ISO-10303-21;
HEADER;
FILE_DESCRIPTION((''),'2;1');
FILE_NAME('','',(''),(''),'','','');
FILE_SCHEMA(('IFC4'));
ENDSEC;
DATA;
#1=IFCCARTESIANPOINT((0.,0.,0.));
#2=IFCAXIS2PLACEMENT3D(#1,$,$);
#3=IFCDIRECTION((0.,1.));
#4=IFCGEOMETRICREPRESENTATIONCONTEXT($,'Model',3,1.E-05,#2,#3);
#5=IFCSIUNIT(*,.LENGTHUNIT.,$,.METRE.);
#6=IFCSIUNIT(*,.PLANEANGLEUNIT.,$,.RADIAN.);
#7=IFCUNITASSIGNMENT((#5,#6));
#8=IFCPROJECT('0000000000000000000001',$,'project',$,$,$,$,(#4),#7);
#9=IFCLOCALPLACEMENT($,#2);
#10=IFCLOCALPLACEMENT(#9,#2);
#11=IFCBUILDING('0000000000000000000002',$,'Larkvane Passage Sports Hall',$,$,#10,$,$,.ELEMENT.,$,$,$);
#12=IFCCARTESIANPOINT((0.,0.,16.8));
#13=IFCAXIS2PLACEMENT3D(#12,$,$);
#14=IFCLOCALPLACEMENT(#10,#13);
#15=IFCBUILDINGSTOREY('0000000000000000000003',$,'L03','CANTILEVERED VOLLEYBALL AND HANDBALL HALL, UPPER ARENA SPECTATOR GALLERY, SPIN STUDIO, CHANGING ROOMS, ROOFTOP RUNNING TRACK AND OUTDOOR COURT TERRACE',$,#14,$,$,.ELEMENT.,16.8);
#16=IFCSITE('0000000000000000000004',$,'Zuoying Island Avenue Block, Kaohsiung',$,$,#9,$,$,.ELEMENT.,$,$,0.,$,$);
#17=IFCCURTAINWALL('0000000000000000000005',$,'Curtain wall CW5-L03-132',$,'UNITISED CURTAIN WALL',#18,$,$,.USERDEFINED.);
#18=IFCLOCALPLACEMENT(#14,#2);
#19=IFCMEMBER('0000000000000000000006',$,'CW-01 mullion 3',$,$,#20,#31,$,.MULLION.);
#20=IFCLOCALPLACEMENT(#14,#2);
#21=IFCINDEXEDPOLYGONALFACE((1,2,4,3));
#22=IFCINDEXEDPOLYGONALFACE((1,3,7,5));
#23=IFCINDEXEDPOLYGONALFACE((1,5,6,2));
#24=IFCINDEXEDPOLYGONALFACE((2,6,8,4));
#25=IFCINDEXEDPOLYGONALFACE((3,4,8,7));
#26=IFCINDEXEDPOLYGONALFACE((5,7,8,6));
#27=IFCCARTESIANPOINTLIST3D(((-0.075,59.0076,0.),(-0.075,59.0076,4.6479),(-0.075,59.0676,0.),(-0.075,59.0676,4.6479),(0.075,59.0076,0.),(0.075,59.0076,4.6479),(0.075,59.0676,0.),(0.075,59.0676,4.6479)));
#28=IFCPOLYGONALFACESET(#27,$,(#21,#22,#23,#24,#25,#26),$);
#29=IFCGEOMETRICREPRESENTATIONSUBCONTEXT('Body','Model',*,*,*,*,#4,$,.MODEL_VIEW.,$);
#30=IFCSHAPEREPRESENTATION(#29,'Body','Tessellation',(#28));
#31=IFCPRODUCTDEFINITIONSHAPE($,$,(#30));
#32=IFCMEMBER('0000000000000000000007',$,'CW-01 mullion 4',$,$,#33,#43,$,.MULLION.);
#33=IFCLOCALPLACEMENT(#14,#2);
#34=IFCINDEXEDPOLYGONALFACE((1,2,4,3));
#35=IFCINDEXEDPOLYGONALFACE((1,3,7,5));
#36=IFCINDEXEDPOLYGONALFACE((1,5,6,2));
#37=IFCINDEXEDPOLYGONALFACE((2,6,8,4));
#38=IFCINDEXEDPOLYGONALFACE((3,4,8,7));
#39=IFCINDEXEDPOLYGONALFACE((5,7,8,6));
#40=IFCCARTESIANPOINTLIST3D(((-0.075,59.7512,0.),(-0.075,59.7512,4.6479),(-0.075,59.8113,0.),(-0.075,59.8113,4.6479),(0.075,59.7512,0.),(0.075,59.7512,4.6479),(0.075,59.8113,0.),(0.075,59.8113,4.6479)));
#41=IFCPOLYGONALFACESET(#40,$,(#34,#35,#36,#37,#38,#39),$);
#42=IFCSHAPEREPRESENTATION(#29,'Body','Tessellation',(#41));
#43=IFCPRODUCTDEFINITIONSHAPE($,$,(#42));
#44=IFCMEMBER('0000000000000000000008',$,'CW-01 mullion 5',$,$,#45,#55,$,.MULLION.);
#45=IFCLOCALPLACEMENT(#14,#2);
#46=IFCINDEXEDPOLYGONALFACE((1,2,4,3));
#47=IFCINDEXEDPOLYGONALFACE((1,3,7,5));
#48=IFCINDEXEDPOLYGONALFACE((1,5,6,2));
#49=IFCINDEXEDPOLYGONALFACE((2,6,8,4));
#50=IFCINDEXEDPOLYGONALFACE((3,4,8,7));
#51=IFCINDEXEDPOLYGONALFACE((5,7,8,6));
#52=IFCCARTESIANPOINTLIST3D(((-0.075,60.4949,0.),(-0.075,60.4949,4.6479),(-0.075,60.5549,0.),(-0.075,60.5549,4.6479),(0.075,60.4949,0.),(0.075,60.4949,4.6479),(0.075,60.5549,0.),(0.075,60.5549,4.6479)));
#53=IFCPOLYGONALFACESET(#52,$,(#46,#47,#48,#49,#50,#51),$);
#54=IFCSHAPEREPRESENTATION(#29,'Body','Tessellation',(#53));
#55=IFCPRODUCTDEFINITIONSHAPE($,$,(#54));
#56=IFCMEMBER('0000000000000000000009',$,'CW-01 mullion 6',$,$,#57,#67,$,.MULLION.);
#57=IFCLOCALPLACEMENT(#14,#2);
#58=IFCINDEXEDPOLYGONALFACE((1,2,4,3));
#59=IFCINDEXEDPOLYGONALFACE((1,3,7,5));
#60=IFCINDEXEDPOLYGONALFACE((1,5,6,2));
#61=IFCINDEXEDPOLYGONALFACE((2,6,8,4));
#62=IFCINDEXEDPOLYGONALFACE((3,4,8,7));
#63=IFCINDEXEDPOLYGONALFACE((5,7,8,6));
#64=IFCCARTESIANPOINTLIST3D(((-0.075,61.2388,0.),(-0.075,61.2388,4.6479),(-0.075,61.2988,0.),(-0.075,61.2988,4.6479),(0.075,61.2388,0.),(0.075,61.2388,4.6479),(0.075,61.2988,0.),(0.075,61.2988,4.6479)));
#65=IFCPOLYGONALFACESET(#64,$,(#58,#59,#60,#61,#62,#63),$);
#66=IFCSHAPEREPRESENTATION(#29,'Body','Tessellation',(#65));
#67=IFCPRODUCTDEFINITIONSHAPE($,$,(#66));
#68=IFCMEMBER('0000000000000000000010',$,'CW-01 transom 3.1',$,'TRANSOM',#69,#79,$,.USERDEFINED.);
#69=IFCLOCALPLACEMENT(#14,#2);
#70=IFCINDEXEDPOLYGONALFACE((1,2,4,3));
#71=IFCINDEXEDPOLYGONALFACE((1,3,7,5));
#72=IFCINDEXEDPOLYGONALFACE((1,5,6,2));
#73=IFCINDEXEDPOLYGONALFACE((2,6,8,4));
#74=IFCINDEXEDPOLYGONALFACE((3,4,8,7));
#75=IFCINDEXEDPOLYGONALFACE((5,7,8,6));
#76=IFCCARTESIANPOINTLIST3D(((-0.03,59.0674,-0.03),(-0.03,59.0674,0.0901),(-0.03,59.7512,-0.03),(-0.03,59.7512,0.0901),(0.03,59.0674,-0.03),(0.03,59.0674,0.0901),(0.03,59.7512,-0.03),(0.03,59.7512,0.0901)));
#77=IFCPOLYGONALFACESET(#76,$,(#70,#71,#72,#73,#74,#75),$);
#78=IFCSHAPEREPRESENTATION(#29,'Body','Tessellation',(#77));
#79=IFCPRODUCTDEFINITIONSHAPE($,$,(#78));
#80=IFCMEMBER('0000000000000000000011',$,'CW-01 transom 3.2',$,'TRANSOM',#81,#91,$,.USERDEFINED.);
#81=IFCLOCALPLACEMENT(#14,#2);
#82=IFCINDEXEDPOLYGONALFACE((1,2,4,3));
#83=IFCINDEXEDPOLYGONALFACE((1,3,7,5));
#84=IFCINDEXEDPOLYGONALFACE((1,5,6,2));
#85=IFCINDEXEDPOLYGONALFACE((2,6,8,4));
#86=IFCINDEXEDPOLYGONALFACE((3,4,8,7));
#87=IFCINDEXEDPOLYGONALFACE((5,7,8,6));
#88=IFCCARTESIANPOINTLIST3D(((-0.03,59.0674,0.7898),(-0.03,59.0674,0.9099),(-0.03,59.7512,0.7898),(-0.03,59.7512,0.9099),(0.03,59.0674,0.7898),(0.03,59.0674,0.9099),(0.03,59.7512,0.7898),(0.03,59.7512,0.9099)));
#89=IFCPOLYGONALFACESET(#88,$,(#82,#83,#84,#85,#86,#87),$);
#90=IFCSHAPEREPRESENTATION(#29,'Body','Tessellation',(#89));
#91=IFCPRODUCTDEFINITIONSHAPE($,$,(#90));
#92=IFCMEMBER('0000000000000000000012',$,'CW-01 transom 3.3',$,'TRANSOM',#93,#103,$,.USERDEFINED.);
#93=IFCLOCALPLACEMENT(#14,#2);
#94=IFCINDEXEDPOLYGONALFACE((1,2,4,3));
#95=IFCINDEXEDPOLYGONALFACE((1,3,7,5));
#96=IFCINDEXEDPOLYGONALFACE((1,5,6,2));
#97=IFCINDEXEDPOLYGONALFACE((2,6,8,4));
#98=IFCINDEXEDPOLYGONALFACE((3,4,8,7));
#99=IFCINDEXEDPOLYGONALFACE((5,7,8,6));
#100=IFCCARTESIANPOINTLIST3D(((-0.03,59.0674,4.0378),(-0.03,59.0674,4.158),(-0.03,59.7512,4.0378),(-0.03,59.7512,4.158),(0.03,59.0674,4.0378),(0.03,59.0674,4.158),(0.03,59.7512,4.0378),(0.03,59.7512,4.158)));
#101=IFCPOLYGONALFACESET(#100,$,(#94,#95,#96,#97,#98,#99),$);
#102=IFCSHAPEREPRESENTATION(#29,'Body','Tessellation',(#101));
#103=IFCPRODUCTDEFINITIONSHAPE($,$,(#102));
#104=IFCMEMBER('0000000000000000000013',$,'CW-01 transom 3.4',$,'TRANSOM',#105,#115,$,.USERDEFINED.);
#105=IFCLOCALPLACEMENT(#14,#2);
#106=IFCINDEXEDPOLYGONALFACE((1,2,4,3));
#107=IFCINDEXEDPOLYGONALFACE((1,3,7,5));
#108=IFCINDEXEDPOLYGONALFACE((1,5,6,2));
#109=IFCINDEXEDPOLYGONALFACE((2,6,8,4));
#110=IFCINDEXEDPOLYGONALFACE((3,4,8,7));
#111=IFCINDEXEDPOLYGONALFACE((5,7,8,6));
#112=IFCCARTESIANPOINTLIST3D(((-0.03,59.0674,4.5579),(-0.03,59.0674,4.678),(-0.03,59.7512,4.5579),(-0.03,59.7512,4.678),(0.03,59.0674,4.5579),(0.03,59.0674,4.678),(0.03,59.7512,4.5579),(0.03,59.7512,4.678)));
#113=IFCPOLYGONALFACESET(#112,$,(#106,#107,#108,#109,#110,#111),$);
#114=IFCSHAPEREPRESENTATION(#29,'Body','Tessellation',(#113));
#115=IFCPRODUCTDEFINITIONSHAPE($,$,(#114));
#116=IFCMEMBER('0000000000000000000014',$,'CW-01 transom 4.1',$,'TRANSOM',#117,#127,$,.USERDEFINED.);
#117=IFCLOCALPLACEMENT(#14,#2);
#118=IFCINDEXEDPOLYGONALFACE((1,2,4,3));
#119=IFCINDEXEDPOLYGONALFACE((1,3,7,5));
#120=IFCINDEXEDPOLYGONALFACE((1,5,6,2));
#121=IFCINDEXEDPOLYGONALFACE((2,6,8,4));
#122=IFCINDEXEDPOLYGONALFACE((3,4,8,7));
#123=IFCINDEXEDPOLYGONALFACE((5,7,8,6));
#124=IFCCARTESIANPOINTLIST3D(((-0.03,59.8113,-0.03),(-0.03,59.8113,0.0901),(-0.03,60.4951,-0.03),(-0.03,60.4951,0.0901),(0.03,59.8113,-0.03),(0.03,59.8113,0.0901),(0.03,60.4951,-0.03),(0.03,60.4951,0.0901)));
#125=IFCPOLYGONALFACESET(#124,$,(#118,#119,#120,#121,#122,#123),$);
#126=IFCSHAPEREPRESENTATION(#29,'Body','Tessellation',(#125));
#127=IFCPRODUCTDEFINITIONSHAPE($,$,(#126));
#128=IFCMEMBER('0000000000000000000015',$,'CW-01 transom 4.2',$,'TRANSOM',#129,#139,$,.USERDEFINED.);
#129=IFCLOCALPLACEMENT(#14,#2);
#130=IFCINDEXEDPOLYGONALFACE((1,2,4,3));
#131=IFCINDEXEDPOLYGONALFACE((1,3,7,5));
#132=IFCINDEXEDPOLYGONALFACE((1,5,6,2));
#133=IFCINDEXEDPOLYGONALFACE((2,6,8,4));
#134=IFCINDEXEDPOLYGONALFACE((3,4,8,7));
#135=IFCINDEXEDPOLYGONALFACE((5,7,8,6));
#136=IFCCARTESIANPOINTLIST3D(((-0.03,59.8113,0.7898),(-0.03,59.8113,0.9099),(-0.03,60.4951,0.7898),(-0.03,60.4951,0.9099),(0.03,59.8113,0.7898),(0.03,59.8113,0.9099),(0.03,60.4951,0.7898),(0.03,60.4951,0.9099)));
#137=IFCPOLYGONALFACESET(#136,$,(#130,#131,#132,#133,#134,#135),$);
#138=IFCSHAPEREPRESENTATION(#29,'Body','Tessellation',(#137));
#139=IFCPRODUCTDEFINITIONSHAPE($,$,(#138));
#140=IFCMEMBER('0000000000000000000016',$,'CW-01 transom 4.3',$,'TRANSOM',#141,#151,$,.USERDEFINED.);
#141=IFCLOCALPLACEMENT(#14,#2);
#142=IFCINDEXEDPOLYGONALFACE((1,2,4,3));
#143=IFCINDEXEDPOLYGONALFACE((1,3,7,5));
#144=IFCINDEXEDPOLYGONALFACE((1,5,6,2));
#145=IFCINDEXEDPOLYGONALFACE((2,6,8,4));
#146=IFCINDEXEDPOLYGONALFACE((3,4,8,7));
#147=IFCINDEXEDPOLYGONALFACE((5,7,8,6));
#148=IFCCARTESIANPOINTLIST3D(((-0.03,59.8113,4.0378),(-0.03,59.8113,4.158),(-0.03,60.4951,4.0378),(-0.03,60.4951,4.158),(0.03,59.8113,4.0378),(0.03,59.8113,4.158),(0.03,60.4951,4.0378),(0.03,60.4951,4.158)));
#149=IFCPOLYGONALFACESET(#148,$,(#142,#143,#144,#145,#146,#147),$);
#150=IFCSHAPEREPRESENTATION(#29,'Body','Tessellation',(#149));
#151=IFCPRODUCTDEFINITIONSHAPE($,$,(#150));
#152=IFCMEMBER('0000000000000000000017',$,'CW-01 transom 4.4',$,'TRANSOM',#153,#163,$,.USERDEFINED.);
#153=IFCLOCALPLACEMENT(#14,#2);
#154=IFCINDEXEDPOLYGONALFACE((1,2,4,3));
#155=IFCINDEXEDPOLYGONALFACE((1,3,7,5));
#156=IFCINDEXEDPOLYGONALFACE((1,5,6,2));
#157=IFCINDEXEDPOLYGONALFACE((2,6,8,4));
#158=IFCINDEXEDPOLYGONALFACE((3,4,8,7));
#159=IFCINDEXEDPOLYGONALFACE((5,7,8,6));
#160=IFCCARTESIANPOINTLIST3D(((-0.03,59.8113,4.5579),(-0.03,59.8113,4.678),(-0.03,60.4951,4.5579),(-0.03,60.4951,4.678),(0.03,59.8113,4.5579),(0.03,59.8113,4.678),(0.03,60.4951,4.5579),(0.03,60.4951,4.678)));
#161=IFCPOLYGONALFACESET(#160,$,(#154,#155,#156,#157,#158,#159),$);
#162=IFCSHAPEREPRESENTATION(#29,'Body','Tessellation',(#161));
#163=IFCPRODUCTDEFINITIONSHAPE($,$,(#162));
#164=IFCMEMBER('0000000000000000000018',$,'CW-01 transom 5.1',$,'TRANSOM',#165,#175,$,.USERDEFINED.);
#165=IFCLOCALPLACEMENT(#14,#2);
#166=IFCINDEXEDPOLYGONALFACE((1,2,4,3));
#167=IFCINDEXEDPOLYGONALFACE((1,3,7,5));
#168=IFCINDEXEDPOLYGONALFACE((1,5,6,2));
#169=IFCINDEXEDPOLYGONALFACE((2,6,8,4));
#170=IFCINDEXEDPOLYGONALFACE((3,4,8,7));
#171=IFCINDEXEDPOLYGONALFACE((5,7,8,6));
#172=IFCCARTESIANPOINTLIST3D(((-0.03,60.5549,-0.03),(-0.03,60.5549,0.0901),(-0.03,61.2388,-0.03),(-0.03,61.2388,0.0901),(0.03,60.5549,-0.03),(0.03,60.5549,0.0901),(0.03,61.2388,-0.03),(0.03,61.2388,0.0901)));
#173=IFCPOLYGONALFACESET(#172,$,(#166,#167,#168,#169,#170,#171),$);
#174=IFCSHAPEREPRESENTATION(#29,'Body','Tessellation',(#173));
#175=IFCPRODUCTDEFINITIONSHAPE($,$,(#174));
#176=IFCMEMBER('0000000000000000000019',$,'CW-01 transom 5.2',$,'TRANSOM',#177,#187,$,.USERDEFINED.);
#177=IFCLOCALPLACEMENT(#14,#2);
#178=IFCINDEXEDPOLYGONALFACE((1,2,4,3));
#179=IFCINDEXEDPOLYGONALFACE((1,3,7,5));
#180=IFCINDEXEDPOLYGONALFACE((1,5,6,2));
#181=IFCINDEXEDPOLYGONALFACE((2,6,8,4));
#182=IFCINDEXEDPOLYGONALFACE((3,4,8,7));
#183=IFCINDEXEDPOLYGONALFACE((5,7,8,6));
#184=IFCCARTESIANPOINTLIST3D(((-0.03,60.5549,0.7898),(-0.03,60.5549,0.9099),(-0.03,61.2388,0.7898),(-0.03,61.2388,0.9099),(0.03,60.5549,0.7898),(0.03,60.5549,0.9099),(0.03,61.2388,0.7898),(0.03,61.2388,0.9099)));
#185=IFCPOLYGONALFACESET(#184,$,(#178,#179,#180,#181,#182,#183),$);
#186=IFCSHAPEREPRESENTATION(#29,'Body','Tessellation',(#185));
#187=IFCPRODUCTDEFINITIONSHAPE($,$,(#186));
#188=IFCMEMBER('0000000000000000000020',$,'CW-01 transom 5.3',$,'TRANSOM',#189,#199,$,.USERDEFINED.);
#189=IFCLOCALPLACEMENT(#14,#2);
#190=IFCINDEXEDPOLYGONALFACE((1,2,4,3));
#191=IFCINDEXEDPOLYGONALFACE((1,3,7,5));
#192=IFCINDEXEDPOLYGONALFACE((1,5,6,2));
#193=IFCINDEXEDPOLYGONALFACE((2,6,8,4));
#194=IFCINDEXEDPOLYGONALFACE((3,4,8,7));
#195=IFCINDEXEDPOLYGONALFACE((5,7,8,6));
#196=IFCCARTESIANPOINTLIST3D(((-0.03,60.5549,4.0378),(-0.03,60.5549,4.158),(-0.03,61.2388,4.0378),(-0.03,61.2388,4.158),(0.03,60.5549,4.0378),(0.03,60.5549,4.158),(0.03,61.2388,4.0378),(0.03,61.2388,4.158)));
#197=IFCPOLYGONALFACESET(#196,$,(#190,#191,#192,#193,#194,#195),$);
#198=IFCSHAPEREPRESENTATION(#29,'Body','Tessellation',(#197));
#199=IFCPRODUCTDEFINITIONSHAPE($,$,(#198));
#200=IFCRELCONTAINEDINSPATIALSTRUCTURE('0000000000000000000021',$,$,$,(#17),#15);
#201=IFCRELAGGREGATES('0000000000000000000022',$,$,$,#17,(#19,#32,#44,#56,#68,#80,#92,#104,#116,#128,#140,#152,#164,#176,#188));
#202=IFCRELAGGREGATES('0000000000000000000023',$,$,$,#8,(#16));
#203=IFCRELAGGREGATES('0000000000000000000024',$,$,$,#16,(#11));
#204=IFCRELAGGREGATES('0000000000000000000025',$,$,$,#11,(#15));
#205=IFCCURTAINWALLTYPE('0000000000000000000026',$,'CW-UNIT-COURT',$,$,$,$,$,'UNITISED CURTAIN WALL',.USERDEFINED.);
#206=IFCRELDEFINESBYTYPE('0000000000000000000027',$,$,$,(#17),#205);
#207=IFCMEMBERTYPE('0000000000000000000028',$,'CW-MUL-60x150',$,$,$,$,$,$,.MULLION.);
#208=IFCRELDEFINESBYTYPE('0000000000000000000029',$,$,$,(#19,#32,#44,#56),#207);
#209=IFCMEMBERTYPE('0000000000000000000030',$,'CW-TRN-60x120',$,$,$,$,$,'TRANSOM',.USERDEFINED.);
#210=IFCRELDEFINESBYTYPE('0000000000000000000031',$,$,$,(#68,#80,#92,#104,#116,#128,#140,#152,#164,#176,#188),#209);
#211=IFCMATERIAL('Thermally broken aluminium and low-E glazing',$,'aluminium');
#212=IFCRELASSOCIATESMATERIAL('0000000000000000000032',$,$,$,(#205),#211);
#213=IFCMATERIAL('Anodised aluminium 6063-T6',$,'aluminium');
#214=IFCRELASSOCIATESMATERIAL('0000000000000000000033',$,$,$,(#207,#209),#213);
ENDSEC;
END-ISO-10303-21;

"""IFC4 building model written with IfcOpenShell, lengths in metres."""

from ifc_helpers import new_model, si_unit, direction, frame, origin, origin_2d, place, context, subcontext, project, spatial, rectangle, extrude, material, material_profile, profile_set, type_object, element, aggregate, save


model = new_model("IFC4")

# Units and contexts
model_context = context("Model", 3, precision=1e-05, world=origin(), true_north=direction((0.0, 1.0)))
body_context = subcontext(model_context, "Body", "Model", "MODEL_VIEW")
ifc_project = project(units=[si_unit("LENGTHUNIT", "METRE"), si_unit("PLANEANGLEUNIT", "RADIAN")], contexts=[model_context])

# Site, building, storey
site_placement = place(None, origin())
site = spatial("IfcSite", under=ifc_project, at=site_placement, Name="Zuoying Island Avenue Block, Kaohsiung", CompositionType="ELEMENT", RefElevation=0.0)
building_placement = place(site_placement, origin())
building = spatial("IfcBuilding", under=site, at=building_placement, Name="Larkvane Passage Sports Hall", CompositionType="ELEMENT")
storey_placement = place(building_placement, frame((0.0, 0.0, 16.8)))
storey = spatial("IfcBuildingStorey", under=building, at=storey_placement, Name="L03", Description="CANTILEVERED VOLLEYBALL AND HANDBALL HALL, UPPER ARENA SPECTATOR GALLERY, SPIN STUDIO, CHANGING ROOMS, ROOFTOP RUNNING TRACK AND OUTDOOR COURT TERRACE", CompositionType="ELEMENT", Elevation=16.8)

# Curtain wall, members
ifc_material_1 = material(Name="Thermally broken aluminium and low-E glazing", Category="aluminium")
curtain_wall_type = type_object("IfcCurtainWallType", Name="CW-UNIT-COURT", ElementType="UNITISED CURTAIN WALL", PredefinedType="USERDEFINED", material=ifc_material_1)
curtain_wall_placement = place(storey_placement, origin())
curtain_wall = element("IfcCurtainWall", 1, at=curtain_wall_placement, inside=storey, type_object=curtain_wall_type, Name="Curtain wall CW5-L03-132", ObjectType="UNITISED CURTAIN WALL", PredefinedType="USERDEFINED")
ifc_material_2 = material(Name="Anodised aluminium 6063-T6", Category="aluminium")
ifc_material_profile_1 = material_profile(ifc_material_2, rectangle(XDim=0.0601, YDim=0.1499, at=origin_2d()), Name="ALU-MUL-60x150")
ifc_profile_set_1 = profile_set([ifc_material_profile_1], Name="Anodised aluminium 6063-T6")
member_type_1 = type_object("IfcMemberType", Name="CW-MUL-60x150", PredefinedType="MULLION", material=ifc_profile_set_1)
member_1_placement = place(storey_placement, frame((0.0, 59.0376, 0.0), z_axis=(0.0, 0.0, 1.0), x_axis=(0.0, 1.0, 0.0)))
member_1 = element("IfcMember", 2, at=member_1_placement, type_object=member_type_1, Name="CW-01 mullion 3", PredefinedType="MULLION", context=body_context, shape_type="SweptSolid", body=[
    extrude(rectangle(XDim=0.0601, YDim=0.1499, at=origin_2d()), origin(), (0.0, 0.0, 1.0), 4.6479),
])
member_2_placement = place(storey_placement, frame((0.0, 59.7812, 0.0), z_axis=(0.0, 0.0, 1.0), x_axis=(0.0, 1.0, 0.0)))
member_2 = element("IfcMember", 3, at=member_2_placement, type_object=member_type_1, Name="CW-01 mullion 4", PredefinedType="MULLION", context=body_context, shape_type="SweptSolid", body=[
    extrude(rectangle(XDim=0.0601, YDim=0.1499, at=origin_2d()), origin(), (0.0, 0.0, 1.0), 4.6479),
])
member_3_placement = place(storey_placement, frame((0.0, 60.5249, 0.0), z_axis=(0.0, 0.0, 1.0), x_axis=(0.0, 1.0, 0.0)))
member_3 = element("IfcMember", 4, at=member_3_placement, type_object=member_type_1, Name="CW-01 mullion 5", PredefinedType="MULLION", context=body_context, shape_type="SweptSolid", body=[
    extrude(rectangle(XDim=0.0601, YDim=0.1499, at=origin_2d()), origin(), (0.0, 0.0, 1.0), 4.6479),
])
member_4_placement = place(storey_placement, frame((0.0, 61.2688, 0.0), z_axis=(0.0, 0.0, 1.0), x_axis=(0.0, 1.0, 0.0)))
member_4 = element("IfcMember", 5, at=member_4_placement, type_object=member_type_1, Name="CW-01 mullion 6", PredefinedType="MULLION", context=body_context, shape_type="SweptSolid", body=[
    extrude(rectangle(XDim=0.0601, YDim=0.1499, at=origin_2d()), origin(), (0.0, 0.0, 1.0), 4.6479),
])
ifc_material_profile_2 = material_profile(ifc_material_2, rectangle(XDim=0.0601, YDim=0.1201, at=origin_2d()), Name="ALU-TRN-60x120")
ifc_profile_set_2 = profile_set([ifc_material_profile_2], Name="Anodised aluminium 6063-T6")
member_type_2 = type_object("IfcMemberType", Name="CW-TRN-60x120", ElementType="TRANSOM", PredefinedType="USERDEFINED", material=ifc_profile_set_2)
member_5_placement = place(storey_placement, frame((0.0, 59.0674, 0.03), z_axis=(0.0, 1.0, 0.0), x_axis=(-1.0, 0.0, 0.0)))
member_5 = element("IfcMember", 6, at=member_5_placement, type_object=member_type_2, Name="CW-01 transom 3.1", ObjectType="TRANSOM", PredefinedType="USERDEFINED", context=body_context, shape_type="SweptSolid", body=[
    extrude(rectangle(XDim=0.0601, YDim=0.1201, at=origin_2d()), origin(), (0.0, 0.0, 1.0), 0.6838),
])
member_6_placement = place(storey_placement, frame((0.0, 59.0674, 0.8499), z_axis=(0.0, 1.0, 0.0), x_axis=(-1.0, 0.0, 0.0)))
member_6 = element("IfcMember", 7, at=member_6_placement, type_object=member_type_2, Name="CW-01 transom 3.2", ObjectType="TRANSOM", PredefinedType="USERDEFINED", context=body_context, shape_type="SweptSolid", body=[
    extrude(rectangle(XDim=0.0601, YDim=0.1201, at=origin_2d()), origin(), (0.0, 0.0, 1.0), 0.6838),
])
member_7_placement = place(storey_placement, frame((0.0, 59.0674, 4.0979), z_axis=(0.0, 1.0, 0.0), x_axis=(-1.0, 0.0, 0.0)))
member_7 = element("IfcMember", 8, at=member_7_placement, type_object=member_type_2, Name="CW-01 transom 3.3", ObjectType="TRANSOM", PredefinedType="USERDEFINED", context=body_context, shape_type="SweptSolid", body=[
    extrude(rectangle(XDim=0.0601, YDim=0.1201, at=origin_2d()), origin(), (0.0, 0.0, 1.0), 0.6838),
])
member_8_placement = place(storey_placement, frame((0.0, 59.0674, 4.6179), z_axis=(0.0, 1.0, 0.0), x_axis=(-1.0, 0.0, 0.0)))
member_8 = element("IfcMember", 9, at=member_8_placement, type_object=member_type_2, Name="CW-01 transom 3.4", ObjectType="TRANSOM", PredefinedType="USERDEFINED", context=body_context, shape_type="SweptSolid", body=[
    extrude(rectangle(XDim=0.0601, YDim=0.1201, at=origin_2d()), origin(), (0.0, 0.0, 1.0), 0.6838),
])
member_9_placement = place(storey_placement, frame((0.0, 59.8113, 0.03), z_axis=(0.0, 1.0, 0.0), x_axis=(-1.0, 0.0, 0.0)))
member_9 = element("IfcMember", 10, at=member_9_placement, type_object=member_type_2, Name="CW-01 transom 4.1", ObjectType="TRANSOM", PredefinedType="USERDEFINED", context=body_context, shape_type="SweptSolid", body=[
    extrude(rectangle(XDim=0.0601, YDim=0.1201, at=origin_2d()), origin(), (0.0, 0.0, 1.0), 0.6838),
])
member_10_placement = place(storey_placement, frame((0.0, 59.8113, 0.8499), z_axis=(0.0, 1.0, 0.0), x_axis=(-1.0, 0.0, 0.0)))
member_10 = element("IfcMember", 11, at=member_10_placement, type_object=member_type_2, Name="CW-01 transom 4.2", ObjectType="TRANSOM", PredefinedType="USERDEFINED", context=body_context, shape_type="SweptSolid", body=[
    extrude(rectangle(XDim=0.0601, YDim=0.1201, at=origin_2d()), origin(), (0.0, 0.0, 1.0), 0.6838),
])
member_11_placement = place(storey_placement, frame((0.0, 59.8113, 4.0979), z_axis=(0.0, 1.0, 0.0), x_axis=(-1.0, 0.0, 0.0)))
member_11 = element("IfcMember", 12, at=member_11_placement, type_object=member_type_2, Name="CW-01 transom 4.3", ObjectType="TRANSOM", PredefinedType="USERDEFINED", context=body_context, shape_type="SweptSolid", body=[
    extrude(rectangle(XDim=0.0601, YDim=0.1201, at=origin_2d()), origin(), (0.0, 0.0, 1.0), 0.6838),
])
member_12_placement = place(storey_placement, frame((0.0, 59.8113, 4.6179), z_axis=(0.0, 1.0, 0.0), x_axis=(-1.0, 0.0, 0.0)))
member_12 = element("IfcMember", 13, at=member_12_placement, type_object=member_type_2, Name="CW-01 transom 4.4", ObjectType="TRANSOM", PredefinedType="USERDEFINED", context=body_context, shape_type="SweptSolid", body=[
    extrude(rectangle(XDim=0.0601, YDim=0.1201, at=origin_2d()), origin(), (0.0, 0.0, 1.0), 0.6838),
])
member_13_placement = place(storey_placement, frame((0.0, 60.5549, 0.03), z_axis=(0.0, 1.0, 0.0), x_axis=(-1.0, 0.0, 0.0)))
member_13 = element("IfcMember", 14, at=member_13_placement, type_object=member_type_2, Name="CW-01 transom 5.1", ObjectType="TRANSOM", PredefinedType="USERDEFINED", context=body_context, shape_type="SweptSolid", body=[
    extrude(rectangle(XDim=0.0601, YDim=0.1201, at=origin_2d()), origin(), (0.0, 0.0, 1.0), 0.6838),
])
member_14_placement = place(storey_placement, frame((0.0, 60.5549, 0.8499), z_axis=(0.0, 1.0, 0.0), x_axis=(-1.0, 0.0, 0.0)))
member_14 = element("IfcMember", 15, at=member_14_placement, type_object=member_type_2, Name="CW-01 transom 5.2", ObjectType="TRANSOM", PredefinedType="USERDEFINED", context=body_context, shape_type="SweptSolid", body=[
    extrude(rectangle(XDim=0.0601, YDim=0.1201, at=origin_2d()), origin(), (0.0, 0.0, 1.0), 0.6838),
])
member_15_placement = place(storey_placement, frame((0.0, 60.5549, 4.0979), z_axis=(0.0, 1.0, 0.0), x_axis=(-1.0, 0.0, 0.0)))
member_15 = element("IfcMember", 16, at=member_15_placement, type_object=member_type_2, Name="CW-01 transom 5.3", ObjectType="TRANSOM", PredefinedType="USERDEFINED", context=body_context, shape_type="SweptSolid", body=[
    extrude(rectangle(XDim=0.0601, YDim=0.1201, at=origin_2d()), origin(), (0.0, 0.0, 1.0), 0.6838),
])
aggregate(curtain_wall, [member_1, member_2, member_3, member_4, member_5, member_6, member_7, member_8, member_9, member_10, member_11, member_12, member_13, member_14, member_15])

save(model, "model.ifc")
